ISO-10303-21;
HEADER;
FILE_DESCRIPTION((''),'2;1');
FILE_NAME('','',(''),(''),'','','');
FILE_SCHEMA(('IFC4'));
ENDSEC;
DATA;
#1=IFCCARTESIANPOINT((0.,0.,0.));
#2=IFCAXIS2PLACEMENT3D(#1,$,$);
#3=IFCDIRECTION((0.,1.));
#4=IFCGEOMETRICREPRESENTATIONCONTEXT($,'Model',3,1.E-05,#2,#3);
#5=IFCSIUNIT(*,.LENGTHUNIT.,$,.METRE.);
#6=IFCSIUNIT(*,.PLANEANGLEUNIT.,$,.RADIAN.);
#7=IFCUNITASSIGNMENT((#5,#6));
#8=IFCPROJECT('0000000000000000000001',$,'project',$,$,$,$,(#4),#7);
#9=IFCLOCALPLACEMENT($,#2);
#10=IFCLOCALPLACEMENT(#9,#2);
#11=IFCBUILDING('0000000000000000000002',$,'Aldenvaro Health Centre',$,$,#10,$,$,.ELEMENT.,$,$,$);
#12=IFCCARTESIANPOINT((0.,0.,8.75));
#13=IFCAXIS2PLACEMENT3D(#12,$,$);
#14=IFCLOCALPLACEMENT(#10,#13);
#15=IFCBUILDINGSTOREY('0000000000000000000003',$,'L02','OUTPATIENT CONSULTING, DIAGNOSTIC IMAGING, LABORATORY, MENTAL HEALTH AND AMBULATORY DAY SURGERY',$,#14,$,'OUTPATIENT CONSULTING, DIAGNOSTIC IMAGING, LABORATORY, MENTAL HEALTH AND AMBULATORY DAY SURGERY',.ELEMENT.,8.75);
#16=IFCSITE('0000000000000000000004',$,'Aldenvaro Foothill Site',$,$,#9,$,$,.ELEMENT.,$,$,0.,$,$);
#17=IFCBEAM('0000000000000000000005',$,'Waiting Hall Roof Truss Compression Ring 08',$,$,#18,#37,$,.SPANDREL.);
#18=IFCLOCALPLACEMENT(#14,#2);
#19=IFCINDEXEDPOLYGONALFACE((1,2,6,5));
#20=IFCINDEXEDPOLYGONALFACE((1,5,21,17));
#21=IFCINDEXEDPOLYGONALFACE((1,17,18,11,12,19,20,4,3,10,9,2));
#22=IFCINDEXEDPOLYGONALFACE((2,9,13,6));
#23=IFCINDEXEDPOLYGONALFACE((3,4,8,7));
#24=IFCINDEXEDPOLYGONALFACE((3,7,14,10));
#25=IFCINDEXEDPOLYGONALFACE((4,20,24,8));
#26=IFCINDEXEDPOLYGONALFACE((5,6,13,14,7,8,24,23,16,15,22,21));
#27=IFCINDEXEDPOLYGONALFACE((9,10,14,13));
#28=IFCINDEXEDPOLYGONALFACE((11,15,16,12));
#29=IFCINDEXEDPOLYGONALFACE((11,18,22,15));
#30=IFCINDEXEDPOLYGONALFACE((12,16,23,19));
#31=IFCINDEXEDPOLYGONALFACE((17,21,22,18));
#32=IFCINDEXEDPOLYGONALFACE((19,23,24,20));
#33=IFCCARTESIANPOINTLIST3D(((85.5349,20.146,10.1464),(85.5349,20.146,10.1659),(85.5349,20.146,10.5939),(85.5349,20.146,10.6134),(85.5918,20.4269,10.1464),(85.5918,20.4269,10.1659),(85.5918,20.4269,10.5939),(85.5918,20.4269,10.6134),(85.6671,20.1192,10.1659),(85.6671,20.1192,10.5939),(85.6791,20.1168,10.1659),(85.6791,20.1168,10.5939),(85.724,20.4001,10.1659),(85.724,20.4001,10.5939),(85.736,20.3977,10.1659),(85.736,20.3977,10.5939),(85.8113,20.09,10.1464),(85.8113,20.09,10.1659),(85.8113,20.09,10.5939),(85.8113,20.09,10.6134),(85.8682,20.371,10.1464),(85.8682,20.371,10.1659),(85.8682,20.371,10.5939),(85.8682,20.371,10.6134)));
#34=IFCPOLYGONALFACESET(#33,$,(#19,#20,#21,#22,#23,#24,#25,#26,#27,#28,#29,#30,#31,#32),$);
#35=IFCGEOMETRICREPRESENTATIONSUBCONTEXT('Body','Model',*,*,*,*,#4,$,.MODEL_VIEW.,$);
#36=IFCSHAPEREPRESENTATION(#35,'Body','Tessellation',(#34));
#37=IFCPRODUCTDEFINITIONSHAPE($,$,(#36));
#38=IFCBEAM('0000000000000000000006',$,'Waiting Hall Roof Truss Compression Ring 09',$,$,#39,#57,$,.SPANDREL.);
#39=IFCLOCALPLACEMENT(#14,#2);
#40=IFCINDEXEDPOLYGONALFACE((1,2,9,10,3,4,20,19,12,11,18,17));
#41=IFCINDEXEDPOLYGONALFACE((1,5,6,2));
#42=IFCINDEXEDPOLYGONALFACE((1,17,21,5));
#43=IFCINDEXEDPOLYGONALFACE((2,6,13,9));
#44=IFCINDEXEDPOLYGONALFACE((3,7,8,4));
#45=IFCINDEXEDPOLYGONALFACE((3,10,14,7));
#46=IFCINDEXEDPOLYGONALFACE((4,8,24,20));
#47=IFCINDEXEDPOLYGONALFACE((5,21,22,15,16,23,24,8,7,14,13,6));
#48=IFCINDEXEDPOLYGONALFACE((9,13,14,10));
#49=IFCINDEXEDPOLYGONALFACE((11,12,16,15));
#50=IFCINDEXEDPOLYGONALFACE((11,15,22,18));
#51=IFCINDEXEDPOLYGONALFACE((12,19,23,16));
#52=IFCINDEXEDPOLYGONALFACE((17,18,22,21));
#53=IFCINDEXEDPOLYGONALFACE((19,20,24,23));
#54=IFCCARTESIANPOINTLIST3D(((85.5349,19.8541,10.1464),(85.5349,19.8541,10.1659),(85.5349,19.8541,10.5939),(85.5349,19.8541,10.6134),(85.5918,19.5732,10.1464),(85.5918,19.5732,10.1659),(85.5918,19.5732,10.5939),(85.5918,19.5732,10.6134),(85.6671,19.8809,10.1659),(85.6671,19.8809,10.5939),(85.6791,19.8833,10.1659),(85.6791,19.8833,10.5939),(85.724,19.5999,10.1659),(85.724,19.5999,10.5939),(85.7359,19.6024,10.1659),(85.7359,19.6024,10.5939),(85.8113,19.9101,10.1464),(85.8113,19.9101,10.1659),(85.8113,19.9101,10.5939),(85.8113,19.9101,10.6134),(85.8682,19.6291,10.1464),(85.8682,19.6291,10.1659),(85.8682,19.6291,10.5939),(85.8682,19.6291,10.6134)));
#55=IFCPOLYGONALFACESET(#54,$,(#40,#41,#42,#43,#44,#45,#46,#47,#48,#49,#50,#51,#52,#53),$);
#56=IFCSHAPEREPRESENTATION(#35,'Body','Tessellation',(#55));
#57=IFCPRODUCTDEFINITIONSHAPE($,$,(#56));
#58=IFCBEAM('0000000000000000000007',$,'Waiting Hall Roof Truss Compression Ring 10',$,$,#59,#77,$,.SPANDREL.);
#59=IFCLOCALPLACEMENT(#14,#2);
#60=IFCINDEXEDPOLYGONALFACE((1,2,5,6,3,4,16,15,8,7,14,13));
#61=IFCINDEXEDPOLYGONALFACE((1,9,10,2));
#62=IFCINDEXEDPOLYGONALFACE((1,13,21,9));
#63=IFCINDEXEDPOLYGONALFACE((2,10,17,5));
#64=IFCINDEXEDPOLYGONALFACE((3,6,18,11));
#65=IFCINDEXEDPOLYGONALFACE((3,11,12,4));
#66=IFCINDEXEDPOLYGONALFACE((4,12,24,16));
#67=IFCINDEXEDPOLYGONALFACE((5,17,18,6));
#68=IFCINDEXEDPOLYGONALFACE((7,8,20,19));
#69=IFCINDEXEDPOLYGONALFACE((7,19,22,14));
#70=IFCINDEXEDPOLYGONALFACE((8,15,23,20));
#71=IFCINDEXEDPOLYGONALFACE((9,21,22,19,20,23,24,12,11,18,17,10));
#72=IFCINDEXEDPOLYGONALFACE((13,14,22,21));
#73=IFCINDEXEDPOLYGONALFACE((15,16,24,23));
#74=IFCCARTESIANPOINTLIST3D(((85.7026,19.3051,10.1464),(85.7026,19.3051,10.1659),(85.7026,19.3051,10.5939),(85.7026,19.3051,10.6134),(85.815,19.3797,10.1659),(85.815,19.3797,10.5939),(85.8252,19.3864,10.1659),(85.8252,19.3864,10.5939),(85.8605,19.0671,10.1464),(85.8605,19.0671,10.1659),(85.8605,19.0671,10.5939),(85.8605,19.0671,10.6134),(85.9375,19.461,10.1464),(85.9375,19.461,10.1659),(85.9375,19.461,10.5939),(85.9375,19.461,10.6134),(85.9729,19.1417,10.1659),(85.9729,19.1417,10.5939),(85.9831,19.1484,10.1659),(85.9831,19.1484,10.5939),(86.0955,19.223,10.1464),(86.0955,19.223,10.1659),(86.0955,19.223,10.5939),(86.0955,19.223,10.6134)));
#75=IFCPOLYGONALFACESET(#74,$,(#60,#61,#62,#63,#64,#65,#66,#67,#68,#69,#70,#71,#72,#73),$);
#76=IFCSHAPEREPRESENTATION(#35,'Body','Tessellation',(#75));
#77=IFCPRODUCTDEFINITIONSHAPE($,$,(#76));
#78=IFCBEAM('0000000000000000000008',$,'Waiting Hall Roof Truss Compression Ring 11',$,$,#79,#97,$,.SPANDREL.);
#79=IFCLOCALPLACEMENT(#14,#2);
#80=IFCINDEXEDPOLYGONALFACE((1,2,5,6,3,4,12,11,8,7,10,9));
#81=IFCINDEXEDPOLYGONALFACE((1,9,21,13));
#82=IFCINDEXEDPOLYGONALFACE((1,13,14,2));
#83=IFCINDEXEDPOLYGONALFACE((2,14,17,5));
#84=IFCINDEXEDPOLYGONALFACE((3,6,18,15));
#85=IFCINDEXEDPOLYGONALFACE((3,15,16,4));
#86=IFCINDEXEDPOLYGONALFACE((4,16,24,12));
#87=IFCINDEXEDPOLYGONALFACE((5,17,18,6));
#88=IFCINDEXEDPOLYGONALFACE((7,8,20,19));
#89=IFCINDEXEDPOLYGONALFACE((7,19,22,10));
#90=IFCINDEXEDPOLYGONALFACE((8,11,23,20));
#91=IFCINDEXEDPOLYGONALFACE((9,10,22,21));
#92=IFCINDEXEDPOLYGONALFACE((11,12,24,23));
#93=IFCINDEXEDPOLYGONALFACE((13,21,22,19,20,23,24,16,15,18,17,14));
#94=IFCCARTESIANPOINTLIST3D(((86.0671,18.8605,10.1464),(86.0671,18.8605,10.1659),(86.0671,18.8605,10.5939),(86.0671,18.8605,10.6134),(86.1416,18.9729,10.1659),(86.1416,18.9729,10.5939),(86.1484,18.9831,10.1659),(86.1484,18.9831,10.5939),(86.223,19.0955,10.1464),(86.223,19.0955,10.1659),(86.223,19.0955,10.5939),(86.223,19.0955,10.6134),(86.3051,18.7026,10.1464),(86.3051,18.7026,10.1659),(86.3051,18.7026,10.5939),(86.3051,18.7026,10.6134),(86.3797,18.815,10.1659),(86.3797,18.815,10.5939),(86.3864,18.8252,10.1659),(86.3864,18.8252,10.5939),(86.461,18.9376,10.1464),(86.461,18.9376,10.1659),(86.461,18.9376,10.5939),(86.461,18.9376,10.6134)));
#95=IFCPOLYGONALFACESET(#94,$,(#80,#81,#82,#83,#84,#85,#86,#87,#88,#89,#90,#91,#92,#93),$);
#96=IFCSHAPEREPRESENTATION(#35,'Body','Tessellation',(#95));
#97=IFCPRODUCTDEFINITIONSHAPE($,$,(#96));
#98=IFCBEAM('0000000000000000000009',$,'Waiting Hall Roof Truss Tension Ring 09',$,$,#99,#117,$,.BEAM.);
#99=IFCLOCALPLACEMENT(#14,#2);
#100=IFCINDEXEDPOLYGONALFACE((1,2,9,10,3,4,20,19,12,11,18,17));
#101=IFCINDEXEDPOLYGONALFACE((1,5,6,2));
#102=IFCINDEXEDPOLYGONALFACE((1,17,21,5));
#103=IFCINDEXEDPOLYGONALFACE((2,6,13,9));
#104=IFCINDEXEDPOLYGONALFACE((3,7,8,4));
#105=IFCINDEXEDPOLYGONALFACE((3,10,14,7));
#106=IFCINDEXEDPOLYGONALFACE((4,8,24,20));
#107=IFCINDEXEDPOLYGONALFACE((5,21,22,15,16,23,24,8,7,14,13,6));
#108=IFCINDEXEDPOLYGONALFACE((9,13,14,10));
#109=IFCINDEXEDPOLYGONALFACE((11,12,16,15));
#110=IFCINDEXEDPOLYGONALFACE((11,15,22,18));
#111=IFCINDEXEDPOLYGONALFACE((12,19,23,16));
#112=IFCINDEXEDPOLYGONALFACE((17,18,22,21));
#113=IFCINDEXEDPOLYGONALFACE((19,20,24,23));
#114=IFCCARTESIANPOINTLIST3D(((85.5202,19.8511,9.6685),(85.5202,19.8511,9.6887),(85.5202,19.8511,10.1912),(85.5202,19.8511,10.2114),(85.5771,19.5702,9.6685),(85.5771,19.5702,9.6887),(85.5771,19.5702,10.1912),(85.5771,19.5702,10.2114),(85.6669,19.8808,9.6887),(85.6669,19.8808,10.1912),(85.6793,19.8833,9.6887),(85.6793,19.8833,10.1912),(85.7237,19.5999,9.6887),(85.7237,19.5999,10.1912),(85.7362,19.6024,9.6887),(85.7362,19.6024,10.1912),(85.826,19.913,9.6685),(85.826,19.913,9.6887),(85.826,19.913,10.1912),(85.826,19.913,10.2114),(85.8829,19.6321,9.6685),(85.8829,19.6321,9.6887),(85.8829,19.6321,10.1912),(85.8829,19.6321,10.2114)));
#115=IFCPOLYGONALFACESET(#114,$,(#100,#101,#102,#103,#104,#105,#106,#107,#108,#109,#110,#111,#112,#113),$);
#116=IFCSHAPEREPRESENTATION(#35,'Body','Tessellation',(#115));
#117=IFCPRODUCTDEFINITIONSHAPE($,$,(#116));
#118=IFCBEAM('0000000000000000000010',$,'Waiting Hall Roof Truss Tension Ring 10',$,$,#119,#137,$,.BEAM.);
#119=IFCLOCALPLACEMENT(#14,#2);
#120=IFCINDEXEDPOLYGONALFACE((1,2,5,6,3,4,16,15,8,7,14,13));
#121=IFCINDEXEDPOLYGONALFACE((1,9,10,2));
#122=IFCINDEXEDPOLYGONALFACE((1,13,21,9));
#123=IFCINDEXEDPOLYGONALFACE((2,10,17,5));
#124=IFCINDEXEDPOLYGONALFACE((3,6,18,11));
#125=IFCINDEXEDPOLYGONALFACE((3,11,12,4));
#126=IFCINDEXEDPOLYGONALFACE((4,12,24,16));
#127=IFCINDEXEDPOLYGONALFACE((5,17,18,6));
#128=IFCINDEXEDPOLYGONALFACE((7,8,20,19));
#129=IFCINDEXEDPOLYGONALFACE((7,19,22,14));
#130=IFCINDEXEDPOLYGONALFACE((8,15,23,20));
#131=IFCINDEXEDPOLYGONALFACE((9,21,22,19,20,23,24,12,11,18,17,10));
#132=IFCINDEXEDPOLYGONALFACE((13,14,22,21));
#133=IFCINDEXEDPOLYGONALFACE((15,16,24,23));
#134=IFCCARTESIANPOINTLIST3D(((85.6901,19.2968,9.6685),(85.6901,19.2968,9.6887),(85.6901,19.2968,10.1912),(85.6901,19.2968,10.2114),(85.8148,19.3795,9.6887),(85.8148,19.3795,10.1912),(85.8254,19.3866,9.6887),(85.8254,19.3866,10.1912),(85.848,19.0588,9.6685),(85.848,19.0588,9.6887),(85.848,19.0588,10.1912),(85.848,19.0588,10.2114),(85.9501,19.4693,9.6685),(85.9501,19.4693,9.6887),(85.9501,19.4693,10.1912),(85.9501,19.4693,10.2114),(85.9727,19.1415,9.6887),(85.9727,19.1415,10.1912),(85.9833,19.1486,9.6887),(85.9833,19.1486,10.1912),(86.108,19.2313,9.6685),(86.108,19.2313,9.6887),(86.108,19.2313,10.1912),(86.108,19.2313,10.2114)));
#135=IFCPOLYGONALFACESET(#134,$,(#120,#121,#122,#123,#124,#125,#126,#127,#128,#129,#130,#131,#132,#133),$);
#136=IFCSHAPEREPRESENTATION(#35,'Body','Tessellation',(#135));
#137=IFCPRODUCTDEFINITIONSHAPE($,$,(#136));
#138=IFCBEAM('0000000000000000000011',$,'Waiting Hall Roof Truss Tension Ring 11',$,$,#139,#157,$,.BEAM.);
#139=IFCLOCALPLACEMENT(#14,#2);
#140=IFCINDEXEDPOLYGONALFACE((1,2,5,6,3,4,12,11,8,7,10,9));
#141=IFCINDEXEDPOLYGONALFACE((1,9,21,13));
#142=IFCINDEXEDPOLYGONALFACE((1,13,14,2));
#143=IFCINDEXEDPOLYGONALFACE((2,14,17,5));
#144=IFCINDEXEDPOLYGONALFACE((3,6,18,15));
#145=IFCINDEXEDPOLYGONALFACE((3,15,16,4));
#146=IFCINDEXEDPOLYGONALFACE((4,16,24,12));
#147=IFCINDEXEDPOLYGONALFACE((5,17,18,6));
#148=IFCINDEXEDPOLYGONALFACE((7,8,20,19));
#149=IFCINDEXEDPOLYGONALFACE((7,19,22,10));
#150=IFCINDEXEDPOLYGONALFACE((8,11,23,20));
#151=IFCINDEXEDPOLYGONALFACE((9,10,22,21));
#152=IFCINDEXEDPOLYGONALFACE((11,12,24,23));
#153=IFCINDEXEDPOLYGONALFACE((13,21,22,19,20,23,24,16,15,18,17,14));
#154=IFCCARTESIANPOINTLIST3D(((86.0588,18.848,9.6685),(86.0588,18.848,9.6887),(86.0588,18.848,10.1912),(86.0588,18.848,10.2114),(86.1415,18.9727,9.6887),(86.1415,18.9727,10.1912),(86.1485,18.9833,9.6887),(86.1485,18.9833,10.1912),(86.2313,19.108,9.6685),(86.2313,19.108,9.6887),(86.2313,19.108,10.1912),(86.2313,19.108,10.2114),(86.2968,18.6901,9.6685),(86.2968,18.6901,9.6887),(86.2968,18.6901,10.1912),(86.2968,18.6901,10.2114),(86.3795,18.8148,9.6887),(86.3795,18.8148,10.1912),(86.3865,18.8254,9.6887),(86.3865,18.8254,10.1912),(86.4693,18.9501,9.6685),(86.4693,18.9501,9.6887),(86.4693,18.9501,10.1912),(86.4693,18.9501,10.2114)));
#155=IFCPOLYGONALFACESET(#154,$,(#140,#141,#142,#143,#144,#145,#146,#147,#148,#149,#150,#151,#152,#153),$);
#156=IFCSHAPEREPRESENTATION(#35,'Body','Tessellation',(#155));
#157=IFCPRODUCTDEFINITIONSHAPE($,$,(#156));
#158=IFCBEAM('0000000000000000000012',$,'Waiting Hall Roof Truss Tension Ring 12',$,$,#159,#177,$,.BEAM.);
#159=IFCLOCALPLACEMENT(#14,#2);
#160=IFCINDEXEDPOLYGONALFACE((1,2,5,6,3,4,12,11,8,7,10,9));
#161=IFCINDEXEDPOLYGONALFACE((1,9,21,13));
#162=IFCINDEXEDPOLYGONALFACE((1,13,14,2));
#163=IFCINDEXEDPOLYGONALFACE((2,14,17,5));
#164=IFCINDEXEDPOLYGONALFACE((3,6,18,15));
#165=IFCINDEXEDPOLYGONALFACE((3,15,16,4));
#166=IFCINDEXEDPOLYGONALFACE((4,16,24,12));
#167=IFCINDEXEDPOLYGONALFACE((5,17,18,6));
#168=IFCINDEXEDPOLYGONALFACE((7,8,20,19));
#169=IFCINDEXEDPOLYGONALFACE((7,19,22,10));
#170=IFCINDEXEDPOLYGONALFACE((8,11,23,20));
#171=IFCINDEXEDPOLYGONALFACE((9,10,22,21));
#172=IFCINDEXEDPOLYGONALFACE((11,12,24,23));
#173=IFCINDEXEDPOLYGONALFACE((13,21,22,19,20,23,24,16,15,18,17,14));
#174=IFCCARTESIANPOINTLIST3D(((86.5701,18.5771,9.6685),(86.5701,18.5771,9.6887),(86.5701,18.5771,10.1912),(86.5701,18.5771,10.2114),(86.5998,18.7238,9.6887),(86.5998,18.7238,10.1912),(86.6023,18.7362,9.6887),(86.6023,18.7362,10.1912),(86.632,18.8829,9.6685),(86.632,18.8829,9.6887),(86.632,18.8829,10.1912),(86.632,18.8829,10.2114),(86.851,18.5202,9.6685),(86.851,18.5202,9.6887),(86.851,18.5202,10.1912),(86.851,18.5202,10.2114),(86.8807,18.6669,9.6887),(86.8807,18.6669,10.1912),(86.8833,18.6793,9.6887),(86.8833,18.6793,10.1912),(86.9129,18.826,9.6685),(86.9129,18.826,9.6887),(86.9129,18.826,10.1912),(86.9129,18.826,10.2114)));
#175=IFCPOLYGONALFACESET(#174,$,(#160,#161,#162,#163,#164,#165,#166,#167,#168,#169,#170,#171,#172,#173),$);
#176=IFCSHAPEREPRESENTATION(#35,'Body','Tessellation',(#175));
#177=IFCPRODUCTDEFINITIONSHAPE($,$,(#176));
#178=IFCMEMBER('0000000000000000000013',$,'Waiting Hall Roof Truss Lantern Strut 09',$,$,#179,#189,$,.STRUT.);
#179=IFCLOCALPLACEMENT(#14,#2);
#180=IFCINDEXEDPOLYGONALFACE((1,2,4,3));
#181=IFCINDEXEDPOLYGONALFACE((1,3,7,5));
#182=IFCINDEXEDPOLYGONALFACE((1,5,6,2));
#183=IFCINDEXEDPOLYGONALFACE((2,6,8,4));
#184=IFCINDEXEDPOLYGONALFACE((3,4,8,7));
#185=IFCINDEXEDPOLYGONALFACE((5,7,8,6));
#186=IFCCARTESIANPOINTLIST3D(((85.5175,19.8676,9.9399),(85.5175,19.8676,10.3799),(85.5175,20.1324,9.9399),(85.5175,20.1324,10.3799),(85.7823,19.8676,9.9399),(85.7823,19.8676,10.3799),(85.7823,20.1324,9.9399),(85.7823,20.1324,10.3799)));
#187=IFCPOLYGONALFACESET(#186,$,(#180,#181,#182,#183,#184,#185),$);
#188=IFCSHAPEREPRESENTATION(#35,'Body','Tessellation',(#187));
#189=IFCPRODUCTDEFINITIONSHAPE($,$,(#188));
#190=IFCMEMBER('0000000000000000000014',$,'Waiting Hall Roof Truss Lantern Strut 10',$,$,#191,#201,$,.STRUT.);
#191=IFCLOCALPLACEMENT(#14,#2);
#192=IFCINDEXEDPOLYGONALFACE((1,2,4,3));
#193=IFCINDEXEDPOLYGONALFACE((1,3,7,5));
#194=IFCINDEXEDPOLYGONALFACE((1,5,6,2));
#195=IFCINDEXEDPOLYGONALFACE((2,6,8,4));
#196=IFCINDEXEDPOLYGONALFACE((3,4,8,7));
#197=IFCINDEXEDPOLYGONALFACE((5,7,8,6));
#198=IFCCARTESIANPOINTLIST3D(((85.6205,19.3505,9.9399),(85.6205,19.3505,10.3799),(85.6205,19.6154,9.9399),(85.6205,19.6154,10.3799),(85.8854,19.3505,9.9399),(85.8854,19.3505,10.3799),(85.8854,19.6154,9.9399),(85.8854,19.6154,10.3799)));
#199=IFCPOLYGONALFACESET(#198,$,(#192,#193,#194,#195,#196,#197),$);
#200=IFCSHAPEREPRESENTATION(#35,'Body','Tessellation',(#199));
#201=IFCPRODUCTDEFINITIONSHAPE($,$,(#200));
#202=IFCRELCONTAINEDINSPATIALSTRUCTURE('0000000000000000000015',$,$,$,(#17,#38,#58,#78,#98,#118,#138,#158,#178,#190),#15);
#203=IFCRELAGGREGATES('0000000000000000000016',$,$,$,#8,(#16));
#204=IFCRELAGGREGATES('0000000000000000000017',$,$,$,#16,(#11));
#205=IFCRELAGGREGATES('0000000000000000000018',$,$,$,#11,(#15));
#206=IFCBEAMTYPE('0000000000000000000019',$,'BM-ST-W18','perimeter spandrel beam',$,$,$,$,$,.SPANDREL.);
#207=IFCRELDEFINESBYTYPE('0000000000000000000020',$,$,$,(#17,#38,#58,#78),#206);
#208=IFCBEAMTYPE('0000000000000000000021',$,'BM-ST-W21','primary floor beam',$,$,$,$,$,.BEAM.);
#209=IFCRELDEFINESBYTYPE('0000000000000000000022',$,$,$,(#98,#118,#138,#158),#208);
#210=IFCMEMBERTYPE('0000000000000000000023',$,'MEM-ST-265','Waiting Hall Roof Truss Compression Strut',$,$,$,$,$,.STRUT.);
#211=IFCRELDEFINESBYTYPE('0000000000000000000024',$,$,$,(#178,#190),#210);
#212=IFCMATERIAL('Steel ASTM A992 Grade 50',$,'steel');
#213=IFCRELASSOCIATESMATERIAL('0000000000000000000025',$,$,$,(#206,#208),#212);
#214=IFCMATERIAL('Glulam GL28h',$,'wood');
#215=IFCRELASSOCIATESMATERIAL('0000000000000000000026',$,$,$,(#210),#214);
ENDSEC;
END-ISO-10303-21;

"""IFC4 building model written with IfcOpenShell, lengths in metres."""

from ifc_helpers import new_model, si_unit, direction, frame, origin, origin_2d, place, context, subcontext, project, spatial, rectangle, i_section, extrude, material, material_profile, profile_set, type_object, element, save


model = new_model("IFC4")

# Units and contexts
model_context = context("Model", 3, precision=1e-05, world=origin(), true_north=direction((0.0, 1.0)))
body_context = subcontext(model_context, "Body", "Model", "MODEL_VIEW")
ifc_project = project(units=[si_unit("LENGTHUNIT", "METRE"), si_unit("PLANEANGLEUNIT", "RADIAN")], contexts=[model_context])

# Site, building, storey
site_placement = place(None, origin())
site = spatial("IfcSite", under=ifc_project, at=site_placement, Name="Aldenvaro Foothill Site", CompositionType="ELEMENT", RefElevation=0.0)
building_placement = place(site_placement, origin())
building = spatial("IfcBuilding", under=site, at=building_placement, Name="Aldenvaro Health Centre", CompositionType="ELEMENT")
storey_placement = place(building_placement, frame((0.0, 0.0, 8.75)))
storey = spatial("IfcBuildingStorey", under=building, at=storey_placement, Name="L02", Description="OUTPATIENT CONSULTING, DIAGNOSTIC IMAGING, LABORATORY, MENTAL HEALTH AND AMBULATORY DAY SURGERY", LongName="OUTPATIENT CONSULTING, DIAGNOSTIC IMAGING, LABORATORY, MENTAL HEALTH AND AMBULATORY DAY SURGERY", CompositionType="ELEMENT", Elevation=8.75)

# Beams
ifc_material_1 = material(Name="Steel ASTM A992 Grade 50", Category="steel")
ifc_material_profile_1 = material_profile(ifc_material_1, i_section(OverallWidth=0.282, OverallDepth=0.467, WebThickness=0.0122, FlangeThickness=0.0195, at=origin_2d()), Name="W18X86", Category="steel")
ifc_profile_set_1 = profile_set([ifc_material_profile_1], Name="Steel ASTM A992 Grade 50")
beam_type_1 = type_object("IfcBeamType", Name="BM-ST-W18", Description="perimeter spandrel beam", PredefinedType="SPANDREL", material=ifc_profile_set_1)
for number, where, z_axis, x_axis, name in (
    (1, (85.73, 20.3989, 10.3799), (-0.198408, -0.980119, 0.0), (0.980119, -0.198408, 0.0), "Waiting Hall Roof Truss Compression Ring 08"),
    (2, (85.6731, 19.8821, 10.3799), (0.198408, -0.980119, 0.0), (0.980119, 0.198408, 0.0), "Waiting Hall Roof Truss Compression Ring 09"),
):
    element("IfcBeam", number, at=place(storey_placement, frame(where, z_axis=z_axis, x_axis=x_axis)), inside=storey, type_object=beam_type_1, Name=name, PredefinedType="SPANDREL", context=body_context, shape_type="SweptSolid", body=[
        extrude(i_section(OverallWidth=0.282, OverallDepth=0.467, WebThickness=0.0122, FlangeThickness=0.0195, at=origin_2d()), origin(), (0.0, 0.0, 1.0), 0.2866),
    ])
for number, where, z_axis, x_axis, name in (
    (3, (85.8201, 19.3831, 10.3799), (0.552924, -0.833232, 0.0), (0.833232, 0.552924, 0.0), "Waiting Hall Roof Truss Compression Ring 10"),
    (4, (86.145, 18.978, 10.3799), (0.833232, -0.552924, 0.0), (0.552924, 0.833232, 0.0), "Waiting Hall Roof Truss Compression Ring 11"),
):
    element("IfcBeam", number, at=place(storey_placement, frame(where, z_axis=z_axis, x_axis=x_axis)), inside=storey, type_object=beam_type_1, Name=name, PredefinedType="SPANDREL", context=body_context, shape_type="SweptSolid", body=[
        extrude(i_section(OverallWidth=0.282, OverallDepth=0.467, WebThickness=0.0122, FlangeThickness=0.0195, at=origin_2d()), origin(), (0.0, 0.0, 1.0), 0.2856),
    ])
ifc_material_profile_2 = material_profile(ifc_material_1, i_section(OverallWidth=0.312, OverallDepth=0.543, WebThickness=0.0127, FlangeThickness=0.0203, at=origin_2d()), Name="W21X101", Category="steel")
ifc_profile_set_2 = profile_set([ifc_material_profile_2], Name="Steel ASTM A992 Grade 50")
beam_type_2 = type_object("IfcBeamType", Name="BM-ST-W21", Description="primary floor beam", PredefinedType="BEAM", material=ifc_profile_set_2)
beam_1_placement = place(storey_placement, frame((85.6731, 19.8821, 9.9399), z_axis=(0.198408, -0.980119, 0.0), x_axis=(0.980119, 0.198408, 0.0)))
element("IfcBeam", 5, at=beam_1_placement, inside=storey, type_object=beam_type_2, Name="Waiting Hall Roof Truss Tension Ring 09", PredefinedType="BEAM", context=body_context, shape_type="SweptSolid", body=[
    extrude(i_section(OverallWidth=0.312, OverallDepth=0.543, WebThickness=0.0127, FlangeThickness=0.0203, at=origin_2d()), origin(), (0.0, 0.0, 1.0), 0.2866),
])
for number, where, z_axis, x_axis, name in (
    (6, (85.8201, 19.3831, 9.9399), (0.552924, -0.833232, 0.0), (0.833232, 0.552924, 0.0), "Waiting Hall Roof Truss Tension Ring 10"),
    (7, (86.145, 18.978, 9.9399), (0.833232, -0.552924, 0.0), (0.552924, 0.833232, 0.0), "Waiting Hall Roof Truss Tension Ring 11"),
):
    element("IfcBeam", number, at=place(storey_placement, frame(where, z_axis=z_axis, x_axis=x_axis)), inside=storey, type_object=beam_type_2, Name=name, PredefinedType="BEAM", context=body_context, shape_type="SweptSolid", body=[
        extrude(i_section(OverallWidth=0.312, OverallDepth=0.543, WebThickness=0.0127, FlangeThickness=0.0203, at=origin_2d()), origin(), (0.0, 0.0, 1.0), 0.2856),
    ])
beam_2_placement = place(storey_placement, frame((86.6011, 18.73, 9.9399), z_axis=(0.980119, -0.198408, 0.0), x_axis=(0.198408, 0.980119, 0.0)))
element("IfcBeam", 8, at=beam_2_placement, inside=storey, type_object=beam_type_2, Name="Waiting Hall Roof Truss Tension Ring 12", PredefinedType="BEAM", context=body_context, shape_type="SweptSolid", body=[
    extrude(i_section(OverallWidth=0.312, OverallDepth=0.543, WebThickness=0.0127, FlangeThickness=0.0203, at=origin_2d()), origin(), (0.0, 0.0, 1.0), 0.2866),
])

# Members
ifc_material_2 = material(Name="Glulam GL28h", Category="wood")
ifc_material_profile_3 = material_profile(ifc_material_2, rectangle(XDim=0.2649, YDim=0.2649, at=origin_2d()), Name="GL 265x265", Category="wood")
ifc_profile_set_3 = profile_set([ifc_material_profile_3], Name="Glulam GL28h")
member_type = type_object("IfcMemberType", Name="MEM-ST-265", Description="Waiting Hall Roof Truss Compression Strut", PredefinedType="STRUT", material=ifc_profile_set_3)
for number, where, z_axis, x_axis, name in (
    (9, (85.6499, 20.0, 9.9399), (0.0, 0.0, 1.0), (1.0, 0.0, 0.0), "Waiting Hall Roof Truss Lantern Strut 09"),
    (10, (85.7529, 19.4829, 9.9399), (0.0, 0.0, 1.0), (1.0, 0.0, 0.0), "Waiting Hall Roof Truss Lantern Strut 10"),
):
    element("IfcMember", number, at=place(storey_placement, frame(where, z_axis=z_axis, x_axis=x_axis)), inside=storey, type_object=member_type, Name=name, PredefinedType="STRUT", context=body_context, shape_type="SweptSolid", body=[
        extrude(rectangle(XDim=0.2649, YDim=0.2649, at=origin_2d()), origin(), (0.0, 0.0, 1.0), 0.4399),
    ])

save(model, "model.ifc")
